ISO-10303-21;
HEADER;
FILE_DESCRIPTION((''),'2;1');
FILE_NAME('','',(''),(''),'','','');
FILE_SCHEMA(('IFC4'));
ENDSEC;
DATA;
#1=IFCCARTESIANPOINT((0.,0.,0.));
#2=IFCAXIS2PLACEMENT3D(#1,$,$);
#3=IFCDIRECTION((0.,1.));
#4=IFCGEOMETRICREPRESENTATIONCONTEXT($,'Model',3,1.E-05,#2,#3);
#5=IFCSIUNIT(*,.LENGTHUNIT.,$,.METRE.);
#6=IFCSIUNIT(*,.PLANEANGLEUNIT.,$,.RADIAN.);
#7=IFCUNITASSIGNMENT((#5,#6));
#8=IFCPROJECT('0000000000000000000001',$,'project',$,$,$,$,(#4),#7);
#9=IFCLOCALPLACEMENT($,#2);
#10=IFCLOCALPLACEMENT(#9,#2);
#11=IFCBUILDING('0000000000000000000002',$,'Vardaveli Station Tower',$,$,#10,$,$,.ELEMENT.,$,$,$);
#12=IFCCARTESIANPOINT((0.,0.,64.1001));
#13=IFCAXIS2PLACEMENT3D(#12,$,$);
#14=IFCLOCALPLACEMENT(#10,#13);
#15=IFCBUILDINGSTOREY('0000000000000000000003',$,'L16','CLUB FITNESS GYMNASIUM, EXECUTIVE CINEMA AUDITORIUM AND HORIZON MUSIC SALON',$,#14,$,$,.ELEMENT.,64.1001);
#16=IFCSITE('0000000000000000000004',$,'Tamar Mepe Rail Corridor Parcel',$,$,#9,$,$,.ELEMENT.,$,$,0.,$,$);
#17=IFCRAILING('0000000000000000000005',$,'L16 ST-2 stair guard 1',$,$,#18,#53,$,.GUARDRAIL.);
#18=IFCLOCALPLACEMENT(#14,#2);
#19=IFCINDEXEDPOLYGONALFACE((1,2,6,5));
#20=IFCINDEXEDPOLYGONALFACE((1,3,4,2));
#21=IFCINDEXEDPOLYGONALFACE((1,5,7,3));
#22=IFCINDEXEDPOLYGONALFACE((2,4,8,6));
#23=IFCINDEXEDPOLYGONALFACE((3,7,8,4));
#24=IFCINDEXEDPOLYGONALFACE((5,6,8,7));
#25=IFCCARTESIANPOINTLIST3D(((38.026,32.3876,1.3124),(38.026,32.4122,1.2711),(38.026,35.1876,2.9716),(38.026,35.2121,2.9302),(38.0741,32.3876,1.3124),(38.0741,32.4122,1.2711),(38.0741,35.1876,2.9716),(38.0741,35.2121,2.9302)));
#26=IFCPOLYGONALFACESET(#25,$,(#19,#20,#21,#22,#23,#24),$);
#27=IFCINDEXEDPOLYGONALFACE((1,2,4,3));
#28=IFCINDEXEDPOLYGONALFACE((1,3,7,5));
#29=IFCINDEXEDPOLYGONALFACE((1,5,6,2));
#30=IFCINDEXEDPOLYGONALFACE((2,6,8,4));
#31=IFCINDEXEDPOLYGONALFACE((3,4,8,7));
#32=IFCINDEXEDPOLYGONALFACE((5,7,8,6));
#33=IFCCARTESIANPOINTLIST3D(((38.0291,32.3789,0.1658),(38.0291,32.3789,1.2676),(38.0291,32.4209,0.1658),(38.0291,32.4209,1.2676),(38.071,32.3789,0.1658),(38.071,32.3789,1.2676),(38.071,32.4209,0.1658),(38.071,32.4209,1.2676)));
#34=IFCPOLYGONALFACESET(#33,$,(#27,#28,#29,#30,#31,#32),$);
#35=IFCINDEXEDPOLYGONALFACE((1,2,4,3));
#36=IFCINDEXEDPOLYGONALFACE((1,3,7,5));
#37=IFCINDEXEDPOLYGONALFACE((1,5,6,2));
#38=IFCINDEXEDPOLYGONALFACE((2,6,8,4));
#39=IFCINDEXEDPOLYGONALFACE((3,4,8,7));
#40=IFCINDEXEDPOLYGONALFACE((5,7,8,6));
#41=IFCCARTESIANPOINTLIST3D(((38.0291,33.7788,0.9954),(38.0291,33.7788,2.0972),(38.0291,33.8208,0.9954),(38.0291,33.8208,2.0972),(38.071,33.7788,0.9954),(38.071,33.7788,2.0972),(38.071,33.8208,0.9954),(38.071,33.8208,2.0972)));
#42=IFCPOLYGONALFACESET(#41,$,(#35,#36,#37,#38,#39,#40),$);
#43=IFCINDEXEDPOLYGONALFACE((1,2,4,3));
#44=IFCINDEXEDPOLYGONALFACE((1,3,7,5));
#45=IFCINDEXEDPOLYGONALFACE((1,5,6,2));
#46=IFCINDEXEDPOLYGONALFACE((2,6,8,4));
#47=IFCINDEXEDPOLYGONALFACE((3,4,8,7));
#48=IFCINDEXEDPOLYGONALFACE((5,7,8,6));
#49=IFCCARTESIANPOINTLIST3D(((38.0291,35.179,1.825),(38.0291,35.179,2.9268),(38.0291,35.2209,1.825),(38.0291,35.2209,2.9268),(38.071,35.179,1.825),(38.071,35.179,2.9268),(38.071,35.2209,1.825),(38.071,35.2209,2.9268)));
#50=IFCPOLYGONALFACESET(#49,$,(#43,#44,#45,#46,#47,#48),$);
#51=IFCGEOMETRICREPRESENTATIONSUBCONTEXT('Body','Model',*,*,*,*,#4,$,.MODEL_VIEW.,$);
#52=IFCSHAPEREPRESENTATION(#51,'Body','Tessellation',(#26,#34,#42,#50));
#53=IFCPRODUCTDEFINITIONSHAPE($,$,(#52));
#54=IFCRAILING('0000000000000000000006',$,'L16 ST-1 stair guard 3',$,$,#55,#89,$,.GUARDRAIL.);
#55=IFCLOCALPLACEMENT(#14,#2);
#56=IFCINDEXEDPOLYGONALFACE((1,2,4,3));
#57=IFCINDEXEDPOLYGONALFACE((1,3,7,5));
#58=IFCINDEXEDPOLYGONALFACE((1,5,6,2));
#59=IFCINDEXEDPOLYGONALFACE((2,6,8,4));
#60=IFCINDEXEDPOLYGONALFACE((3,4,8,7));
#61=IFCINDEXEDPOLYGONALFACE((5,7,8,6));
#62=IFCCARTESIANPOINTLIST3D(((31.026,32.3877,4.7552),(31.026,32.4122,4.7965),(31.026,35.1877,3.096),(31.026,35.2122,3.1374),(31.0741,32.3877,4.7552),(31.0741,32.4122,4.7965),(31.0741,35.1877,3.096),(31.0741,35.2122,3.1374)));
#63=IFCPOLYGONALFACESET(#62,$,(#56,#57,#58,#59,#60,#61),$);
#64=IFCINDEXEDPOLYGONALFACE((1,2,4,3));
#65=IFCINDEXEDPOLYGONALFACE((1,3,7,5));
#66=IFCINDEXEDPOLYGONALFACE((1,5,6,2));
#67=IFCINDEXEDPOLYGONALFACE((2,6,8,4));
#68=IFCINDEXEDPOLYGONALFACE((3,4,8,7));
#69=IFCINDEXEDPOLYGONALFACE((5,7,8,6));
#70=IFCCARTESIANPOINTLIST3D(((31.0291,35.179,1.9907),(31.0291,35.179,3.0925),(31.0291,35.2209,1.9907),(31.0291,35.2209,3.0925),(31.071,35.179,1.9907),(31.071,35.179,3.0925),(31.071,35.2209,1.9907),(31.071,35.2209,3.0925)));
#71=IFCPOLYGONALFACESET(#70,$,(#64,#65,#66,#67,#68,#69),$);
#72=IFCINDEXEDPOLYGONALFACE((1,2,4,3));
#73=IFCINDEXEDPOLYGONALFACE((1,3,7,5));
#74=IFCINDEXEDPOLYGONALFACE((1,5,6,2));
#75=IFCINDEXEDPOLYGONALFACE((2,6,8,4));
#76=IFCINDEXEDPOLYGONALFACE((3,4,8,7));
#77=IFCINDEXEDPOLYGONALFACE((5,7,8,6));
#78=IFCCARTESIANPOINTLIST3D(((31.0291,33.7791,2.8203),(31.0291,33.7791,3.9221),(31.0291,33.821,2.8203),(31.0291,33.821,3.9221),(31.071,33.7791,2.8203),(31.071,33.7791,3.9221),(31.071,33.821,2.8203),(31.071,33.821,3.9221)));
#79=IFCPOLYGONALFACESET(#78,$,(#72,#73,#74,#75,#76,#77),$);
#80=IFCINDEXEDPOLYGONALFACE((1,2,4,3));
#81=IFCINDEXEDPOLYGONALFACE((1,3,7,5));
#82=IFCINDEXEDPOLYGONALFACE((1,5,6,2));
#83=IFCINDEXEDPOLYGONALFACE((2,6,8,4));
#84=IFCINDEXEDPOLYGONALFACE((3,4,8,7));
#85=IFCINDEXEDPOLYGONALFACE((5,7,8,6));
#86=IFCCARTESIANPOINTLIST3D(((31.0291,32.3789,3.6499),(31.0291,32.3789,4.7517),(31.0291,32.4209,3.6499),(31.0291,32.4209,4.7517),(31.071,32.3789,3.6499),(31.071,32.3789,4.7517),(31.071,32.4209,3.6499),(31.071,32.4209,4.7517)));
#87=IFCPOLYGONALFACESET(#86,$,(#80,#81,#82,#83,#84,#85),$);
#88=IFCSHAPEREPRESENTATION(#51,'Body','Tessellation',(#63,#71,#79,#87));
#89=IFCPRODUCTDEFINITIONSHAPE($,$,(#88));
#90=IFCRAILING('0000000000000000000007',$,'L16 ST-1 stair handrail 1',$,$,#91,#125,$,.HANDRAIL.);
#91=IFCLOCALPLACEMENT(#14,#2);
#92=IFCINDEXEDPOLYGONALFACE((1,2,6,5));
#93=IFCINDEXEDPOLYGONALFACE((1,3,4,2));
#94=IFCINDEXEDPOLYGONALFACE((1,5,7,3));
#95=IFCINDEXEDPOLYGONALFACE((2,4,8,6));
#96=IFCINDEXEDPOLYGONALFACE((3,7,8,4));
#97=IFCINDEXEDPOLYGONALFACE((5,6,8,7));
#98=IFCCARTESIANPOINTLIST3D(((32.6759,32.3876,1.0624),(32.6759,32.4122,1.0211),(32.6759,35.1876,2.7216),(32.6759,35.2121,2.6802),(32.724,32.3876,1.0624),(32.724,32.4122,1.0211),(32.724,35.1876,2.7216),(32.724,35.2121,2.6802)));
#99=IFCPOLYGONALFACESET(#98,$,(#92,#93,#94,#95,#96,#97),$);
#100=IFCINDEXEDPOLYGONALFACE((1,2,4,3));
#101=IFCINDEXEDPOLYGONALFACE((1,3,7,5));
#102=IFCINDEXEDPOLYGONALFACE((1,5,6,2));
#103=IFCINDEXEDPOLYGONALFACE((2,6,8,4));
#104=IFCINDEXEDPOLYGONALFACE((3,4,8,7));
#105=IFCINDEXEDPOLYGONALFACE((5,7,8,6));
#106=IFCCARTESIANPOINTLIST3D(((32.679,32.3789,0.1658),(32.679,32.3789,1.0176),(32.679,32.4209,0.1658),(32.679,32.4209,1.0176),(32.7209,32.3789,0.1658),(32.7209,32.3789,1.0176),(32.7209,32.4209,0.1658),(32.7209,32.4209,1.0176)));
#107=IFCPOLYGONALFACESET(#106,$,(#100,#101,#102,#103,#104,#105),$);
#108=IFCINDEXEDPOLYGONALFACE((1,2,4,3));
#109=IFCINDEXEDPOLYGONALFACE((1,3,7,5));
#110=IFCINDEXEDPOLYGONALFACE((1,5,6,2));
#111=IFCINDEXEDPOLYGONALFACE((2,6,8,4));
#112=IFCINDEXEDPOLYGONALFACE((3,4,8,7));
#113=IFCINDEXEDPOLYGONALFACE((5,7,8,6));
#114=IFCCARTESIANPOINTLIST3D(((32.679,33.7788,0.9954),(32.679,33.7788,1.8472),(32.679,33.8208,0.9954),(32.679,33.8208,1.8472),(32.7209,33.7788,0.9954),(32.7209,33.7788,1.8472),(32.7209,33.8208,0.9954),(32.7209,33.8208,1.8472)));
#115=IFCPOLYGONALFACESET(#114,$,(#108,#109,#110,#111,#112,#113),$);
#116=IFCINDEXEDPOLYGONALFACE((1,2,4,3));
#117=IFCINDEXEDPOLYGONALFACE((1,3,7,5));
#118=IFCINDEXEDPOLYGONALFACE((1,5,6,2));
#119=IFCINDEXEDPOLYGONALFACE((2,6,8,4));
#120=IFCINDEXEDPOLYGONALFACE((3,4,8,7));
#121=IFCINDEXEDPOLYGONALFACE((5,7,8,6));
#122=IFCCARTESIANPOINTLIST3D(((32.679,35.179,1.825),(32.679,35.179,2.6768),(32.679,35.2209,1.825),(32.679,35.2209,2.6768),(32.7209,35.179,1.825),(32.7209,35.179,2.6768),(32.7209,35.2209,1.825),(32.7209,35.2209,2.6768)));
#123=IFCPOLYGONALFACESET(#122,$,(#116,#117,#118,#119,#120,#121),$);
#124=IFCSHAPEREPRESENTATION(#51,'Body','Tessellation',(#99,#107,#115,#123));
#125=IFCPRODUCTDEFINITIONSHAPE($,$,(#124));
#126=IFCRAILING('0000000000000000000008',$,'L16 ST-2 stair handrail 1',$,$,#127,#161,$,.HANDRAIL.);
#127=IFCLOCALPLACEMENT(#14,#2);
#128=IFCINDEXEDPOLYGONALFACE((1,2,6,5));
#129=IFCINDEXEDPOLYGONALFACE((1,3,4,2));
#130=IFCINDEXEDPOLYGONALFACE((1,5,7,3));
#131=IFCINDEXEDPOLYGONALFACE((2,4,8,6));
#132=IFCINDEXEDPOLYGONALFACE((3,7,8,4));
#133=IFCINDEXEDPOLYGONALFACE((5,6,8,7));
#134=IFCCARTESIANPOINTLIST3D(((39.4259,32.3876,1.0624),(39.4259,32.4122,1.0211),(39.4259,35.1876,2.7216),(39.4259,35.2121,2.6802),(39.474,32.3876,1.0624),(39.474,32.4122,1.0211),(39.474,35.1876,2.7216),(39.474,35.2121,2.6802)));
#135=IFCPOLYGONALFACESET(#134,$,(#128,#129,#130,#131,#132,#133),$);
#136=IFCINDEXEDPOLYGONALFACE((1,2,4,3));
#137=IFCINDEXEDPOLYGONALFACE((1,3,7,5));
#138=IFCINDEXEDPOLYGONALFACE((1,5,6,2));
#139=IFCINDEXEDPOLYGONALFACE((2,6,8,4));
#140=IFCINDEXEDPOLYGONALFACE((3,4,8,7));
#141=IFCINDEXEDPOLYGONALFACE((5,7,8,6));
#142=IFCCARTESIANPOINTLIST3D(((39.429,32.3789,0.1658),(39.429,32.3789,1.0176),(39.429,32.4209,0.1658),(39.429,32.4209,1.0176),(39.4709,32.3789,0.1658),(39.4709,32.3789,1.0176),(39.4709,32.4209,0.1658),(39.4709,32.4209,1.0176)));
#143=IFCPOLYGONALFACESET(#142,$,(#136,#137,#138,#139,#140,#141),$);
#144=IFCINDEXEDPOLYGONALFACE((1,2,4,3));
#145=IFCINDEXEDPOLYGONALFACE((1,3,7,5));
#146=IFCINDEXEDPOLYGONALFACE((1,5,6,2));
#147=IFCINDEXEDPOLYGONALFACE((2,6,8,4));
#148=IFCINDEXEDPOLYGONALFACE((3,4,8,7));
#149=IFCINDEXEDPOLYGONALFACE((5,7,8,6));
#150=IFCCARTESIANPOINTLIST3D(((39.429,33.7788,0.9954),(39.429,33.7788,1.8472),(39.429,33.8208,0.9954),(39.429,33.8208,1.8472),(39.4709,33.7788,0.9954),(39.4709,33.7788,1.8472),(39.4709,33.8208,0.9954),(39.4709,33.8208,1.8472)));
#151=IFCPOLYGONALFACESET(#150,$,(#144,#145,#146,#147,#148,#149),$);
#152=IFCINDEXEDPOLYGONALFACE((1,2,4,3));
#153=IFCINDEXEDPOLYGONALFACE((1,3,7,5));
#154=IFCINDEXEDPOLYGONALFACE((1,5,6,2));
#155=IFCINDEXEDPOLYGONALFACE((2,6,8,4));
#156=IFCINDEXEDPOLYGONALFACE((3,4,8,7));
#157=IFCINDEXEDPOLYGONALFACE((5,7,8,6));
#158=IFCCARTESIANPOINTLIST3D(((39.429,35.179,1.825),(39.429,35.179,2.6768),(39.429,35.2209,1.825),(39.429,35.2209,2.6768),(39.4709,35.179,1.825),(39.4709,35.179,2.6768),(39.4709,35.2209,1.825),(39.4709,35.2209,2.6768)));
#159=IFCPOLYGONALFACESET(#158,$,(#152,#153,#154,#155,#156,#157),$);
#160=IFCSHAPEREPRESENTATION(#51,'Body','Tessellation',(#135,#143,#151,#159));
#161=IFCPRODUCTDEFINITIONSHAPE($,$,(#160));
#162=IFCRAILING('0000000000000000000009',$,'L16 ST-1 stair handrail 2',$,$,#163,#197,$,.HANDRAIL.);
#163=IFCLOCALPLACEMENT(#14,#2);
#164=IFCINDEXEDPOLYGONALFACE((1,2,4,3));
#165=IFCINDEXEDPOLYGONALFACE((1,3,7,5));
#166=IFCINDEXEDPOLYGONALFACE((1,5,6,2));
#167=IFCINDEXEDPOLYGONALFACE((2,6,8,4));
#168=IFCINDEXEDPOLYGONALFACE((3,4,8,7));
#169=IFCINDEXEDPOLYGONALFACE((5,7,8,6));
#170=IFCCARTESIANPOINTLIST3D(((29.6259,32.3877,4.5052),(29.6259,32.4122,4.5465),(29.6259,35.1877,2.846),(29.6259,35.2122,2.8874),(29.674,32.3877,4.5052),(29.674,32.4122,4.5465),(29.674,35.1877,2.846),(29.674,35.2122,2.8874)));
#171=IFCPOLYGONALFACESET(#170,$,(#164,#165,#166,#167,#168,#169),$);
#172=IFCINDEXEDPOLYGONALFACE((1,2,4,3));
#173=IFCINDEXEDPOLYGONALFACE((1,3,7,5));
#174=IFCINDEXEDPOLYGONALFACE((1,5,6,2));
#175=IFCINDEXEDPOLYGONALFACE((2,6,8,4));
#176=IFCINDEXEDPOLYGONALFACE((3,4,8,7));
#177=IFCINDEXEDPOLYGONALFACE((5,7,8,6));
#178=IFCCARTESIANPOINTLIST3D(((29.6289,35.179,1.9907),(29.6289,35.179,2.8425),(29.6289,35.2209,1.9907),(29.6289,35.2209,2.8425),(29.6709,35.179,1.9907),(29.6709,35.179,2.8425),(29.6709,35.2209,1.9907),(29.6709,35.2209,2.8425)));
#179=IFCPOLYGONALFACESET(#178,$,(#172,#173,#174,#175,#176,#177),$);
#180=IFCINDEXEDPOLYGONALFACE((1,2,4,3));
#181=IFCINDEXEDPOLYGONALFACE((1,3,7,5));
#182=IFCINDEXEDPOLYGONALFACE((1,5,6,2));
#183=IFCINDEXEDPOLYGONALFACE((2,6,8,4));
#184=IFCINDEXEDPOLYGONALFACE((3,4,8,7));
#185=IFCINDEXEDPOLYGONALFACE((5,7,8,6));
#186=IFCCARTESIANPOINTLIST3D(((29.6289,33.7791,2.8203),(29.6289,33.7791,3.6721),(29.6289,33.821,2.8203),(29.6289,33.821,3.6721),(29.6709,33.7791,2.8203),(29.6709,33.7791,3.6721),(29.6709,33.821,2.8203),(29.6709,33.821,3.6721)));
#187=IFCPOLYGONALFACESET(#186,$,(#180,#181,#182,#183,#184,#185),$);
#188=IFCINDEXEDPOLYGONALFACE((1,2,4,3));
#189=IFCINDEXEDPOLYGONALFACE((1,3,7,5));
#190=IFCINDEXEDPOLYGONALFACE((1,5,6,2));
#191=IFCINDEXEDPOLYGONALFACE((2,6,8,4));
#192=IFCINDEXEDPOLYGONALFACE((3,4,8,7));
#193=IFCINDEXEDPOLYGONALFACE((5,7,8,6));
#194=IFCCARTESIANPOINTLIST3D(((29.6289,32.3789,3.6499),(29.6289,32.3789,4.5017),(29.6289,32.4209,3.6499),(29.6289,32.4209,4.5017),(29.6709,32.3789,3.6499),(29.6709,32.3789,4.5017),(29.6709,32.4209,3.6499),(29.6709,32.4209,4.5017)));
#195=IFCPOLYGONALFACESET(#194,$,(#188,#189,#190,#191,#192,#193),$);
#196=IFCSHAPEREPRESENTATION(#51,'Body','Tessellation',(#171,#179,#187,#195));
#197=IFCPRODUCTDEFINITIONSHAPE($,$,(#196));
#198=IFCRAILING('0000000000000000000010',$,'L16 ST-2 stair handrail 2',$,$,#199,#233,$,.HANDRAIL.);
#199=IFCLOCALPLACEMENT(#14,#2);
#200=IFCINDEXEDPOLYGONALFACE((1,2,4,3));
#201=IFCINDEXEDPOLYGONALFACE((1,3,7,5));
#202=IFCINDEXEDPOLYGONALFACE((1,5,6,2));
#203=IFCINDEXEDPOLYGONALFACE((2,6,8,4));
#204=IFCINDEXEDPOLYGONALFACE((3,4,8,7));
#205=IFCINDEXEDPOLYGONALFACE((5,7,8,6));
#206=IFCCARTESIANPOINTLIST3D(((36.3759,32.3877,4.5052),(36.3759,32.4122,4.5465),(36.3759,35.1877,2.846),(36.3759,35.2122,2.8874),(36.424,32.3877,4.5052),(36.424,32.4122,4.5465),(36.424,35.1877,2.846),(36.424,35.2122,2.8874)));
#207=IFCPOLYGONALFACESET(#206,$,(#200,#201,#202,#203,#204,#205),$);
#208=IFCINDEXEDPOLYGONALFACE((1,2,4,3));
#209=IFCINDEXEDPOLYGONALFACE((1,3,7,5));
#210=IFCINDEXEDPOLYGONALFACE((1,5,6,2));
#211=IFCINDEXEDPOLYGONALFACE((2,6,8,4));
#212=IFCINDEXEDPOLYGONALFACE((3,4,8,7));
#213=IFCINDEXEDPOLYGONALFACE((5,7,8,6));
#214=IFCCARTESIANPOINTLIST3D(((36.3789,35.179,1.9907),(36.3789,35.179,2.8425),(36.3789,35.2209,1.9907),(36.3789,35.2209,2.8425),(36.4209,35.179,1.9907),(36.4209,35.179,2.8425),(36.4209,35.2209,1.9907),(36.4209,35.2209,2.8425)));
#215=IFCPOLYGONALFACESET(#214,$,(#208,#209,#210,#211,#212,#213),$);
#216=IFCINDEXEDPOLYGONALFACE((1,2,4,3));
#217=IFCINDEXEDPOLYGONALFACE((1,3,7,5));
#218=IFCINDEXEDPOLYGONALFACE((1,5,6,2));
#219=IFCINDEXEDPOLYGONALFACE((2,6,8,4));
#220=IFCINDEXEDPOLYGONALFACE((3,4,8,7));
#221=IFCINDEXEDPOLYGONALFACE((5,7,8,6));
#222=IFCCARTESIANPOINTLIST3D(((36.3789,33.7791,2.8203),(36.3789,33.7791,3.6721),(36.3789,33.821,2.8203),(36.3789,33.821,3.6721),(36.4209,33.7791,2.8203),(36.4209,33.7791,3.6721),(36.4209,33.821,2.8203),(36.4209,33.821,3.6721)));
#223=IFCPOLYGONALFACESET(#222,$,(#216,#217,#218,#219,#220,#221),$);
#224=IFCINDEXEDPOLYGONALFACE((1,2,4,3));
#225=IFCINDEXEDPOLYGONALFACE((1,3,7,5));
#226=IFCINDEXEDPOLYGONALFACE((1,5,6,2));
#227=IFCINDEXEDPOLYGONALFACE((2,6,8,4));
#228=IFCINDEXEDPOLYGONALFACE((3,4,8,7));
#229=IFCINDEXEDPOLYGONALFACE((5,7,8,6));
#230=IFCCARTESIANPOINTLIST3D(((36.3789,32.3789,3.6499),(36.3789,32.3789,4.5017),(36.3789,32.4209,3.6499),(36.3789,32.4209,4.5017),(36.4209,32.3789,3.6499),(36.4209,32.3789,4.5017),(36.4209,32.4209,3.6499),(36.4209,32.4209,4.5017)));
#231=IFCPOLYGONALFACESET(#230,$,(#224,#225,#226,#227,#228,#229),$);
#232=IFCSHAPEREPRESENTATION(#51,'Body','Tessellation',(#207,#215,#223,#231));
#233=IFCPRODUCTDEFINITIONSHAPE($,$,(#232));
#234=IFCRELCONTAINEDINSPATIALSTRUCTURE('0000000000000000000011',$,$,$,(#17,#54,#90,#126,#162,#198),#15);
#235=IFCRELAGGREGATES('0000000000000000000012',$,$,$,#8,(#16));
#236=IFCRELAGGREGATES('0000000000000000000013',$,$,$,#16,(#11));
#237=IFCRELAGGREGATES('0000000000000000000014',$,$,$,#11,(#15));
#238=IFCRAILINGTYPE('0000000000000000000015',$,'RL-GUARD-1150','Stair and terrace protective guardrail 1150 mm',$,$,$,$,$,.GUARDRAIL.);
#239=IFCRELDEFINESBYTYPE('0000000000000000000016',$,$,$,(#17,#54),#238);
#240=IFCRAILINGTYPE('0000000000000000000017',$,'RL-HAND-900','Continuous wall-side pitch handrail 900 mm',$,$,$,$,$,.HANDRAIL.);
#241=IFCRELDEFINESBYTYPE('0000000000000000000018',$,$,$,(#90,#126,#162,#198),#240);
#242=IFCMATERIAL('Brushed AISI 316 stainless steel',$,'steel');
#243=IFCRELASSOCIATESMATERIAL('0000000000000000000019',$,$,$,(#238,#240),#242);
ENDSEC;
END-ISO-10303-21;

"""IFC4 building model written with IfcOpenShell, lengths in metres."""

from ifc_helpers import new_model, si_unit, direction, frame, origin, origin_2d, place, context, subcontext, project, spatial, rectangle, extrude, source, transform, mapped, material, type_object, element, save


model = new_model("IFC4")

# Units and contexts
model_context = context("Model", 3, precision=1e-05, world=origin(), true_north=direction((0.0, 1.0)))
body_context = subcontext(model_context, "Body", "Model", "MODEL_VIEW")
ifc_project = project(units=[si_unit("LENGTHUNIT", "METRE"), si_unit("PLANEANGLEUNIT", "RADIAN")], contexts=[model_context])

# Site, building, storey
site_placement = place(None, origin())
site = spatial("IfcSite", under=ifc_project, at=site_placement, Name="Tamar Mepe Rail Corridor Parcel", CompositionType="ELEMENT", RefElevation=0.0)
building_placement = place(site_placement, origin())
building = spatial("IfcBuilding", under=site, at=building_placement, Name="Vardaveli Station Tower", CompositionType="ELEMENT")
storey_placement = place(building_placement, frame((0.0, 0.0, 64.1001)))
storey = spatial("IfcBuildingStorey", under=building, at=storey_placement, Name="L16", Description="CLUB FITNESS GYMNASIUM, EXECUTIVE CINEMA AUDITORIUM AND HORIZON MUSIC SALON", CompositionType="ELEMENT", Elevation=64.1001)

# Railings
ifc_material_1 = material(Name="Brushed AISI 316 stainless steel", Category="steel")
railing_type_1 = type_object("IfcRailingType", Name="RL-GUARD-1150", Description="Stair and terrace protective guardrail 1150 mm", PredefinedType="GUARDRAIL", material=ifc_material_1)
shared_shape_1 = source(origin(), body_context, "Body", "SweptSolid", [
    extrude(rectangle(XDim=0.0481, YDim=0.0481, at=origin_2d()), frame((0.0, 0.0, 1.126), z_axis=(0.0, 0.860306, 0.509778), x_axis=(-1.0, 0.0, 0.0)), (0.0, 0.0, 1.0), 3.2546),
    extrude(rectangle(XDim=0.042, YDim=0.042, at=origin_2d()), origin(), (0.0, 0.0, 1.0), 1.1018),
    extrude(rectangle(XDim=0.042, YDim=0.042, at=origin_2d()), frame((0.0, 1.3999, 0.8296)), (0.0, 0.0, 1.0), 1.1018),
    extrude(rectangle(XDim=0.042, YDim=0.042, at=origin_2d()), frame((0.0, 2.8, 1.6592)), (0.0, 0.0, 1.0), 1.1018),
])
for number, where, name in (
    (1, (38.05, 32.3999, 0.1658), "L16 ST-2 stair guard 1"),
):
    element("IfcRailing", number, at=place(storey_placement, frame(where)), inside=storey, type_object=railing_type_1, Name=name, PredefinedType="GUARDRAIL", context=body_context, shape_type="MappedRepresentation", body=[
        mapped(shared_shape_1, transform((0.0, 0.0, 0.0), scale=1.0)),
    ])
shared_shape_2 = source(origin(), body_context, "Body", "SweptSolid", [
    extrude(rectangle(XDim=0.0481, YDim=0.0481, at=origin_2d()), frame((0.0, 0.0, 1.126), z_axis=(0.0, -0.860306, 0.509778), x_axis=(1.0, 0.0, 0.0)), (0.0, 0.0, 1.0), 3.2546),
    extrude(rectangle(XDim=0.042, YDim=0.042, at=origin_2d()), origin(), (0.0, 0.0, 1.0), 1.1018),
    extrude(rectangle(XDim=0.042, YDim=0.042, at=origin_2d()), frame((0.0, -1.3999, 0.8296)), (0.0, 0.0, 1.0), 1.1018),
    extrude(rectangle(XDim=0.042, YDim=0.042, at=origin_2d()), frame((0.0, -2.8, 1.6592)), (0.0, 0.0, 1.0), 1.1018),
])
railing_placement = place(storey_placement, frame((31.05, 35.2, 1.9907)))
element("IfcRailing", 2, at=railing_placement, inside=storey, type_object=railing_type_1, Name="L16 ST-1 stair guard 3", PredefinedType="GUARDRAIL", context=body_context, shape_type="MappedRepresentation", body=[
    mapped(shared_shape_2, transform((0.0, 0.0, 0.0), scale=1.0)),
])
railing_type_2 = type_object("IfcRailingType", Name="RL-HAND-900", Description="Continuous wall-side pitch handrail 900 mm", PredefinedType="HANDRAIL", material=ifc_material_1)
shared_shape_3 = source(origin(), body_context, "Body", "SweptSolid", [
    extrude(rectangle(XDim=0.0481, YDim=0.0481, at=origin_2d()), frame((0.0, 0.0, 0.876), z_axis=(0.0, 0.860306, 0.509778), x_axis=(-1.0, 0.0, 0.0)), (0.0, 0.0, 1.0), 3.2546),
    extrude(rectangle(XDim=0.042, YDim=0.042, at=origin_2d()), origin(), (0.0, 0.0, 1.0), 0.8518),
    extrude(rectangle(XDim=0.042, YDim=0.042, at=origin_2d()), frame((0.0, 1.3999, 0.8296)), (0.0, 0.0, 1.0), 0.8518),
    extrude(rectangle(XDim=0.042, YDim=0.042, at=origin_2d()), frame((0.0, 2.8, 1.6592)), (0.0, 0.0, 1.0), 0.8518),
])
for number, where, name in (
    (3, (32.7, 32.3999, 0.1658), "L16 ST-1 stair handrail 1"),
    (4, (39.45, 32.3999, 0.1658), "L16 ST-2 stair handrail 1"),
):
    element("IfcRailing", number, at=place(storey_placement, frame(where)), inside=storey, type_object=railing_type_2, Name=name, PredefinedType="HANDRAIL", context=body_context, shape_type="MappedRepresentation", body=[
        mapped(shared_shape_3, transform((0.0, 0.0, 0.0), scale=1.0)),
    ])
shared_shape_4 = source(origin(), body_context, "Body", "SweptSolid", [
    extrude(rectangle(XDim=0.0481, YDim=0.0481, at=origin_2d()), frame((0.0, 0.0, 0.876), z_axis=(0.0, -0.860306, 0.509778), x_axis=(1.0, 0.0, 0.0)), (0.0, 0.0, 1.0), 3.2546),
    extrude(rectangle(XDim=0.042, YDim=0.042, at=origin_2d()), origin(), (0.0, 0.0, 1.0), 0.8518),
    extrude(rectangle(XDim=0.042, YDim=0.042, at=origin_2d()), frame((0.0, -1.3999, 0.8296)), (0.0, 0.0, 1.0), 0.8518),
    extrude(rectangle(XDim=0.042, YDim=0.042, at=origin_2d()), frame((0.0, -2.8, 1.6592)), (0.0, 0.0, 1.0), 0.8518),
])
for number, where, name in (
    (5, (29.6499, 35.2, 1.9907), "L16 ST-1 stair handrail 2"),
    (6, (36.3999, 35.2, 1.9907), "L16 ST-2 stair handrail 2"),
):
    element("IfcRailing", number, at=place(storey_placement, frame(where)), inside=storey, type_object=railing_type_2, Name=name, PredefinedType="HANDRAIL", context=body_context, shape_type="MappedRepresentation", body=[
        mapped(shared_shape_4, transform((0.0, 0.0, 0.0), scale=1.0)),
    ])

save(model, "model.ifc")
